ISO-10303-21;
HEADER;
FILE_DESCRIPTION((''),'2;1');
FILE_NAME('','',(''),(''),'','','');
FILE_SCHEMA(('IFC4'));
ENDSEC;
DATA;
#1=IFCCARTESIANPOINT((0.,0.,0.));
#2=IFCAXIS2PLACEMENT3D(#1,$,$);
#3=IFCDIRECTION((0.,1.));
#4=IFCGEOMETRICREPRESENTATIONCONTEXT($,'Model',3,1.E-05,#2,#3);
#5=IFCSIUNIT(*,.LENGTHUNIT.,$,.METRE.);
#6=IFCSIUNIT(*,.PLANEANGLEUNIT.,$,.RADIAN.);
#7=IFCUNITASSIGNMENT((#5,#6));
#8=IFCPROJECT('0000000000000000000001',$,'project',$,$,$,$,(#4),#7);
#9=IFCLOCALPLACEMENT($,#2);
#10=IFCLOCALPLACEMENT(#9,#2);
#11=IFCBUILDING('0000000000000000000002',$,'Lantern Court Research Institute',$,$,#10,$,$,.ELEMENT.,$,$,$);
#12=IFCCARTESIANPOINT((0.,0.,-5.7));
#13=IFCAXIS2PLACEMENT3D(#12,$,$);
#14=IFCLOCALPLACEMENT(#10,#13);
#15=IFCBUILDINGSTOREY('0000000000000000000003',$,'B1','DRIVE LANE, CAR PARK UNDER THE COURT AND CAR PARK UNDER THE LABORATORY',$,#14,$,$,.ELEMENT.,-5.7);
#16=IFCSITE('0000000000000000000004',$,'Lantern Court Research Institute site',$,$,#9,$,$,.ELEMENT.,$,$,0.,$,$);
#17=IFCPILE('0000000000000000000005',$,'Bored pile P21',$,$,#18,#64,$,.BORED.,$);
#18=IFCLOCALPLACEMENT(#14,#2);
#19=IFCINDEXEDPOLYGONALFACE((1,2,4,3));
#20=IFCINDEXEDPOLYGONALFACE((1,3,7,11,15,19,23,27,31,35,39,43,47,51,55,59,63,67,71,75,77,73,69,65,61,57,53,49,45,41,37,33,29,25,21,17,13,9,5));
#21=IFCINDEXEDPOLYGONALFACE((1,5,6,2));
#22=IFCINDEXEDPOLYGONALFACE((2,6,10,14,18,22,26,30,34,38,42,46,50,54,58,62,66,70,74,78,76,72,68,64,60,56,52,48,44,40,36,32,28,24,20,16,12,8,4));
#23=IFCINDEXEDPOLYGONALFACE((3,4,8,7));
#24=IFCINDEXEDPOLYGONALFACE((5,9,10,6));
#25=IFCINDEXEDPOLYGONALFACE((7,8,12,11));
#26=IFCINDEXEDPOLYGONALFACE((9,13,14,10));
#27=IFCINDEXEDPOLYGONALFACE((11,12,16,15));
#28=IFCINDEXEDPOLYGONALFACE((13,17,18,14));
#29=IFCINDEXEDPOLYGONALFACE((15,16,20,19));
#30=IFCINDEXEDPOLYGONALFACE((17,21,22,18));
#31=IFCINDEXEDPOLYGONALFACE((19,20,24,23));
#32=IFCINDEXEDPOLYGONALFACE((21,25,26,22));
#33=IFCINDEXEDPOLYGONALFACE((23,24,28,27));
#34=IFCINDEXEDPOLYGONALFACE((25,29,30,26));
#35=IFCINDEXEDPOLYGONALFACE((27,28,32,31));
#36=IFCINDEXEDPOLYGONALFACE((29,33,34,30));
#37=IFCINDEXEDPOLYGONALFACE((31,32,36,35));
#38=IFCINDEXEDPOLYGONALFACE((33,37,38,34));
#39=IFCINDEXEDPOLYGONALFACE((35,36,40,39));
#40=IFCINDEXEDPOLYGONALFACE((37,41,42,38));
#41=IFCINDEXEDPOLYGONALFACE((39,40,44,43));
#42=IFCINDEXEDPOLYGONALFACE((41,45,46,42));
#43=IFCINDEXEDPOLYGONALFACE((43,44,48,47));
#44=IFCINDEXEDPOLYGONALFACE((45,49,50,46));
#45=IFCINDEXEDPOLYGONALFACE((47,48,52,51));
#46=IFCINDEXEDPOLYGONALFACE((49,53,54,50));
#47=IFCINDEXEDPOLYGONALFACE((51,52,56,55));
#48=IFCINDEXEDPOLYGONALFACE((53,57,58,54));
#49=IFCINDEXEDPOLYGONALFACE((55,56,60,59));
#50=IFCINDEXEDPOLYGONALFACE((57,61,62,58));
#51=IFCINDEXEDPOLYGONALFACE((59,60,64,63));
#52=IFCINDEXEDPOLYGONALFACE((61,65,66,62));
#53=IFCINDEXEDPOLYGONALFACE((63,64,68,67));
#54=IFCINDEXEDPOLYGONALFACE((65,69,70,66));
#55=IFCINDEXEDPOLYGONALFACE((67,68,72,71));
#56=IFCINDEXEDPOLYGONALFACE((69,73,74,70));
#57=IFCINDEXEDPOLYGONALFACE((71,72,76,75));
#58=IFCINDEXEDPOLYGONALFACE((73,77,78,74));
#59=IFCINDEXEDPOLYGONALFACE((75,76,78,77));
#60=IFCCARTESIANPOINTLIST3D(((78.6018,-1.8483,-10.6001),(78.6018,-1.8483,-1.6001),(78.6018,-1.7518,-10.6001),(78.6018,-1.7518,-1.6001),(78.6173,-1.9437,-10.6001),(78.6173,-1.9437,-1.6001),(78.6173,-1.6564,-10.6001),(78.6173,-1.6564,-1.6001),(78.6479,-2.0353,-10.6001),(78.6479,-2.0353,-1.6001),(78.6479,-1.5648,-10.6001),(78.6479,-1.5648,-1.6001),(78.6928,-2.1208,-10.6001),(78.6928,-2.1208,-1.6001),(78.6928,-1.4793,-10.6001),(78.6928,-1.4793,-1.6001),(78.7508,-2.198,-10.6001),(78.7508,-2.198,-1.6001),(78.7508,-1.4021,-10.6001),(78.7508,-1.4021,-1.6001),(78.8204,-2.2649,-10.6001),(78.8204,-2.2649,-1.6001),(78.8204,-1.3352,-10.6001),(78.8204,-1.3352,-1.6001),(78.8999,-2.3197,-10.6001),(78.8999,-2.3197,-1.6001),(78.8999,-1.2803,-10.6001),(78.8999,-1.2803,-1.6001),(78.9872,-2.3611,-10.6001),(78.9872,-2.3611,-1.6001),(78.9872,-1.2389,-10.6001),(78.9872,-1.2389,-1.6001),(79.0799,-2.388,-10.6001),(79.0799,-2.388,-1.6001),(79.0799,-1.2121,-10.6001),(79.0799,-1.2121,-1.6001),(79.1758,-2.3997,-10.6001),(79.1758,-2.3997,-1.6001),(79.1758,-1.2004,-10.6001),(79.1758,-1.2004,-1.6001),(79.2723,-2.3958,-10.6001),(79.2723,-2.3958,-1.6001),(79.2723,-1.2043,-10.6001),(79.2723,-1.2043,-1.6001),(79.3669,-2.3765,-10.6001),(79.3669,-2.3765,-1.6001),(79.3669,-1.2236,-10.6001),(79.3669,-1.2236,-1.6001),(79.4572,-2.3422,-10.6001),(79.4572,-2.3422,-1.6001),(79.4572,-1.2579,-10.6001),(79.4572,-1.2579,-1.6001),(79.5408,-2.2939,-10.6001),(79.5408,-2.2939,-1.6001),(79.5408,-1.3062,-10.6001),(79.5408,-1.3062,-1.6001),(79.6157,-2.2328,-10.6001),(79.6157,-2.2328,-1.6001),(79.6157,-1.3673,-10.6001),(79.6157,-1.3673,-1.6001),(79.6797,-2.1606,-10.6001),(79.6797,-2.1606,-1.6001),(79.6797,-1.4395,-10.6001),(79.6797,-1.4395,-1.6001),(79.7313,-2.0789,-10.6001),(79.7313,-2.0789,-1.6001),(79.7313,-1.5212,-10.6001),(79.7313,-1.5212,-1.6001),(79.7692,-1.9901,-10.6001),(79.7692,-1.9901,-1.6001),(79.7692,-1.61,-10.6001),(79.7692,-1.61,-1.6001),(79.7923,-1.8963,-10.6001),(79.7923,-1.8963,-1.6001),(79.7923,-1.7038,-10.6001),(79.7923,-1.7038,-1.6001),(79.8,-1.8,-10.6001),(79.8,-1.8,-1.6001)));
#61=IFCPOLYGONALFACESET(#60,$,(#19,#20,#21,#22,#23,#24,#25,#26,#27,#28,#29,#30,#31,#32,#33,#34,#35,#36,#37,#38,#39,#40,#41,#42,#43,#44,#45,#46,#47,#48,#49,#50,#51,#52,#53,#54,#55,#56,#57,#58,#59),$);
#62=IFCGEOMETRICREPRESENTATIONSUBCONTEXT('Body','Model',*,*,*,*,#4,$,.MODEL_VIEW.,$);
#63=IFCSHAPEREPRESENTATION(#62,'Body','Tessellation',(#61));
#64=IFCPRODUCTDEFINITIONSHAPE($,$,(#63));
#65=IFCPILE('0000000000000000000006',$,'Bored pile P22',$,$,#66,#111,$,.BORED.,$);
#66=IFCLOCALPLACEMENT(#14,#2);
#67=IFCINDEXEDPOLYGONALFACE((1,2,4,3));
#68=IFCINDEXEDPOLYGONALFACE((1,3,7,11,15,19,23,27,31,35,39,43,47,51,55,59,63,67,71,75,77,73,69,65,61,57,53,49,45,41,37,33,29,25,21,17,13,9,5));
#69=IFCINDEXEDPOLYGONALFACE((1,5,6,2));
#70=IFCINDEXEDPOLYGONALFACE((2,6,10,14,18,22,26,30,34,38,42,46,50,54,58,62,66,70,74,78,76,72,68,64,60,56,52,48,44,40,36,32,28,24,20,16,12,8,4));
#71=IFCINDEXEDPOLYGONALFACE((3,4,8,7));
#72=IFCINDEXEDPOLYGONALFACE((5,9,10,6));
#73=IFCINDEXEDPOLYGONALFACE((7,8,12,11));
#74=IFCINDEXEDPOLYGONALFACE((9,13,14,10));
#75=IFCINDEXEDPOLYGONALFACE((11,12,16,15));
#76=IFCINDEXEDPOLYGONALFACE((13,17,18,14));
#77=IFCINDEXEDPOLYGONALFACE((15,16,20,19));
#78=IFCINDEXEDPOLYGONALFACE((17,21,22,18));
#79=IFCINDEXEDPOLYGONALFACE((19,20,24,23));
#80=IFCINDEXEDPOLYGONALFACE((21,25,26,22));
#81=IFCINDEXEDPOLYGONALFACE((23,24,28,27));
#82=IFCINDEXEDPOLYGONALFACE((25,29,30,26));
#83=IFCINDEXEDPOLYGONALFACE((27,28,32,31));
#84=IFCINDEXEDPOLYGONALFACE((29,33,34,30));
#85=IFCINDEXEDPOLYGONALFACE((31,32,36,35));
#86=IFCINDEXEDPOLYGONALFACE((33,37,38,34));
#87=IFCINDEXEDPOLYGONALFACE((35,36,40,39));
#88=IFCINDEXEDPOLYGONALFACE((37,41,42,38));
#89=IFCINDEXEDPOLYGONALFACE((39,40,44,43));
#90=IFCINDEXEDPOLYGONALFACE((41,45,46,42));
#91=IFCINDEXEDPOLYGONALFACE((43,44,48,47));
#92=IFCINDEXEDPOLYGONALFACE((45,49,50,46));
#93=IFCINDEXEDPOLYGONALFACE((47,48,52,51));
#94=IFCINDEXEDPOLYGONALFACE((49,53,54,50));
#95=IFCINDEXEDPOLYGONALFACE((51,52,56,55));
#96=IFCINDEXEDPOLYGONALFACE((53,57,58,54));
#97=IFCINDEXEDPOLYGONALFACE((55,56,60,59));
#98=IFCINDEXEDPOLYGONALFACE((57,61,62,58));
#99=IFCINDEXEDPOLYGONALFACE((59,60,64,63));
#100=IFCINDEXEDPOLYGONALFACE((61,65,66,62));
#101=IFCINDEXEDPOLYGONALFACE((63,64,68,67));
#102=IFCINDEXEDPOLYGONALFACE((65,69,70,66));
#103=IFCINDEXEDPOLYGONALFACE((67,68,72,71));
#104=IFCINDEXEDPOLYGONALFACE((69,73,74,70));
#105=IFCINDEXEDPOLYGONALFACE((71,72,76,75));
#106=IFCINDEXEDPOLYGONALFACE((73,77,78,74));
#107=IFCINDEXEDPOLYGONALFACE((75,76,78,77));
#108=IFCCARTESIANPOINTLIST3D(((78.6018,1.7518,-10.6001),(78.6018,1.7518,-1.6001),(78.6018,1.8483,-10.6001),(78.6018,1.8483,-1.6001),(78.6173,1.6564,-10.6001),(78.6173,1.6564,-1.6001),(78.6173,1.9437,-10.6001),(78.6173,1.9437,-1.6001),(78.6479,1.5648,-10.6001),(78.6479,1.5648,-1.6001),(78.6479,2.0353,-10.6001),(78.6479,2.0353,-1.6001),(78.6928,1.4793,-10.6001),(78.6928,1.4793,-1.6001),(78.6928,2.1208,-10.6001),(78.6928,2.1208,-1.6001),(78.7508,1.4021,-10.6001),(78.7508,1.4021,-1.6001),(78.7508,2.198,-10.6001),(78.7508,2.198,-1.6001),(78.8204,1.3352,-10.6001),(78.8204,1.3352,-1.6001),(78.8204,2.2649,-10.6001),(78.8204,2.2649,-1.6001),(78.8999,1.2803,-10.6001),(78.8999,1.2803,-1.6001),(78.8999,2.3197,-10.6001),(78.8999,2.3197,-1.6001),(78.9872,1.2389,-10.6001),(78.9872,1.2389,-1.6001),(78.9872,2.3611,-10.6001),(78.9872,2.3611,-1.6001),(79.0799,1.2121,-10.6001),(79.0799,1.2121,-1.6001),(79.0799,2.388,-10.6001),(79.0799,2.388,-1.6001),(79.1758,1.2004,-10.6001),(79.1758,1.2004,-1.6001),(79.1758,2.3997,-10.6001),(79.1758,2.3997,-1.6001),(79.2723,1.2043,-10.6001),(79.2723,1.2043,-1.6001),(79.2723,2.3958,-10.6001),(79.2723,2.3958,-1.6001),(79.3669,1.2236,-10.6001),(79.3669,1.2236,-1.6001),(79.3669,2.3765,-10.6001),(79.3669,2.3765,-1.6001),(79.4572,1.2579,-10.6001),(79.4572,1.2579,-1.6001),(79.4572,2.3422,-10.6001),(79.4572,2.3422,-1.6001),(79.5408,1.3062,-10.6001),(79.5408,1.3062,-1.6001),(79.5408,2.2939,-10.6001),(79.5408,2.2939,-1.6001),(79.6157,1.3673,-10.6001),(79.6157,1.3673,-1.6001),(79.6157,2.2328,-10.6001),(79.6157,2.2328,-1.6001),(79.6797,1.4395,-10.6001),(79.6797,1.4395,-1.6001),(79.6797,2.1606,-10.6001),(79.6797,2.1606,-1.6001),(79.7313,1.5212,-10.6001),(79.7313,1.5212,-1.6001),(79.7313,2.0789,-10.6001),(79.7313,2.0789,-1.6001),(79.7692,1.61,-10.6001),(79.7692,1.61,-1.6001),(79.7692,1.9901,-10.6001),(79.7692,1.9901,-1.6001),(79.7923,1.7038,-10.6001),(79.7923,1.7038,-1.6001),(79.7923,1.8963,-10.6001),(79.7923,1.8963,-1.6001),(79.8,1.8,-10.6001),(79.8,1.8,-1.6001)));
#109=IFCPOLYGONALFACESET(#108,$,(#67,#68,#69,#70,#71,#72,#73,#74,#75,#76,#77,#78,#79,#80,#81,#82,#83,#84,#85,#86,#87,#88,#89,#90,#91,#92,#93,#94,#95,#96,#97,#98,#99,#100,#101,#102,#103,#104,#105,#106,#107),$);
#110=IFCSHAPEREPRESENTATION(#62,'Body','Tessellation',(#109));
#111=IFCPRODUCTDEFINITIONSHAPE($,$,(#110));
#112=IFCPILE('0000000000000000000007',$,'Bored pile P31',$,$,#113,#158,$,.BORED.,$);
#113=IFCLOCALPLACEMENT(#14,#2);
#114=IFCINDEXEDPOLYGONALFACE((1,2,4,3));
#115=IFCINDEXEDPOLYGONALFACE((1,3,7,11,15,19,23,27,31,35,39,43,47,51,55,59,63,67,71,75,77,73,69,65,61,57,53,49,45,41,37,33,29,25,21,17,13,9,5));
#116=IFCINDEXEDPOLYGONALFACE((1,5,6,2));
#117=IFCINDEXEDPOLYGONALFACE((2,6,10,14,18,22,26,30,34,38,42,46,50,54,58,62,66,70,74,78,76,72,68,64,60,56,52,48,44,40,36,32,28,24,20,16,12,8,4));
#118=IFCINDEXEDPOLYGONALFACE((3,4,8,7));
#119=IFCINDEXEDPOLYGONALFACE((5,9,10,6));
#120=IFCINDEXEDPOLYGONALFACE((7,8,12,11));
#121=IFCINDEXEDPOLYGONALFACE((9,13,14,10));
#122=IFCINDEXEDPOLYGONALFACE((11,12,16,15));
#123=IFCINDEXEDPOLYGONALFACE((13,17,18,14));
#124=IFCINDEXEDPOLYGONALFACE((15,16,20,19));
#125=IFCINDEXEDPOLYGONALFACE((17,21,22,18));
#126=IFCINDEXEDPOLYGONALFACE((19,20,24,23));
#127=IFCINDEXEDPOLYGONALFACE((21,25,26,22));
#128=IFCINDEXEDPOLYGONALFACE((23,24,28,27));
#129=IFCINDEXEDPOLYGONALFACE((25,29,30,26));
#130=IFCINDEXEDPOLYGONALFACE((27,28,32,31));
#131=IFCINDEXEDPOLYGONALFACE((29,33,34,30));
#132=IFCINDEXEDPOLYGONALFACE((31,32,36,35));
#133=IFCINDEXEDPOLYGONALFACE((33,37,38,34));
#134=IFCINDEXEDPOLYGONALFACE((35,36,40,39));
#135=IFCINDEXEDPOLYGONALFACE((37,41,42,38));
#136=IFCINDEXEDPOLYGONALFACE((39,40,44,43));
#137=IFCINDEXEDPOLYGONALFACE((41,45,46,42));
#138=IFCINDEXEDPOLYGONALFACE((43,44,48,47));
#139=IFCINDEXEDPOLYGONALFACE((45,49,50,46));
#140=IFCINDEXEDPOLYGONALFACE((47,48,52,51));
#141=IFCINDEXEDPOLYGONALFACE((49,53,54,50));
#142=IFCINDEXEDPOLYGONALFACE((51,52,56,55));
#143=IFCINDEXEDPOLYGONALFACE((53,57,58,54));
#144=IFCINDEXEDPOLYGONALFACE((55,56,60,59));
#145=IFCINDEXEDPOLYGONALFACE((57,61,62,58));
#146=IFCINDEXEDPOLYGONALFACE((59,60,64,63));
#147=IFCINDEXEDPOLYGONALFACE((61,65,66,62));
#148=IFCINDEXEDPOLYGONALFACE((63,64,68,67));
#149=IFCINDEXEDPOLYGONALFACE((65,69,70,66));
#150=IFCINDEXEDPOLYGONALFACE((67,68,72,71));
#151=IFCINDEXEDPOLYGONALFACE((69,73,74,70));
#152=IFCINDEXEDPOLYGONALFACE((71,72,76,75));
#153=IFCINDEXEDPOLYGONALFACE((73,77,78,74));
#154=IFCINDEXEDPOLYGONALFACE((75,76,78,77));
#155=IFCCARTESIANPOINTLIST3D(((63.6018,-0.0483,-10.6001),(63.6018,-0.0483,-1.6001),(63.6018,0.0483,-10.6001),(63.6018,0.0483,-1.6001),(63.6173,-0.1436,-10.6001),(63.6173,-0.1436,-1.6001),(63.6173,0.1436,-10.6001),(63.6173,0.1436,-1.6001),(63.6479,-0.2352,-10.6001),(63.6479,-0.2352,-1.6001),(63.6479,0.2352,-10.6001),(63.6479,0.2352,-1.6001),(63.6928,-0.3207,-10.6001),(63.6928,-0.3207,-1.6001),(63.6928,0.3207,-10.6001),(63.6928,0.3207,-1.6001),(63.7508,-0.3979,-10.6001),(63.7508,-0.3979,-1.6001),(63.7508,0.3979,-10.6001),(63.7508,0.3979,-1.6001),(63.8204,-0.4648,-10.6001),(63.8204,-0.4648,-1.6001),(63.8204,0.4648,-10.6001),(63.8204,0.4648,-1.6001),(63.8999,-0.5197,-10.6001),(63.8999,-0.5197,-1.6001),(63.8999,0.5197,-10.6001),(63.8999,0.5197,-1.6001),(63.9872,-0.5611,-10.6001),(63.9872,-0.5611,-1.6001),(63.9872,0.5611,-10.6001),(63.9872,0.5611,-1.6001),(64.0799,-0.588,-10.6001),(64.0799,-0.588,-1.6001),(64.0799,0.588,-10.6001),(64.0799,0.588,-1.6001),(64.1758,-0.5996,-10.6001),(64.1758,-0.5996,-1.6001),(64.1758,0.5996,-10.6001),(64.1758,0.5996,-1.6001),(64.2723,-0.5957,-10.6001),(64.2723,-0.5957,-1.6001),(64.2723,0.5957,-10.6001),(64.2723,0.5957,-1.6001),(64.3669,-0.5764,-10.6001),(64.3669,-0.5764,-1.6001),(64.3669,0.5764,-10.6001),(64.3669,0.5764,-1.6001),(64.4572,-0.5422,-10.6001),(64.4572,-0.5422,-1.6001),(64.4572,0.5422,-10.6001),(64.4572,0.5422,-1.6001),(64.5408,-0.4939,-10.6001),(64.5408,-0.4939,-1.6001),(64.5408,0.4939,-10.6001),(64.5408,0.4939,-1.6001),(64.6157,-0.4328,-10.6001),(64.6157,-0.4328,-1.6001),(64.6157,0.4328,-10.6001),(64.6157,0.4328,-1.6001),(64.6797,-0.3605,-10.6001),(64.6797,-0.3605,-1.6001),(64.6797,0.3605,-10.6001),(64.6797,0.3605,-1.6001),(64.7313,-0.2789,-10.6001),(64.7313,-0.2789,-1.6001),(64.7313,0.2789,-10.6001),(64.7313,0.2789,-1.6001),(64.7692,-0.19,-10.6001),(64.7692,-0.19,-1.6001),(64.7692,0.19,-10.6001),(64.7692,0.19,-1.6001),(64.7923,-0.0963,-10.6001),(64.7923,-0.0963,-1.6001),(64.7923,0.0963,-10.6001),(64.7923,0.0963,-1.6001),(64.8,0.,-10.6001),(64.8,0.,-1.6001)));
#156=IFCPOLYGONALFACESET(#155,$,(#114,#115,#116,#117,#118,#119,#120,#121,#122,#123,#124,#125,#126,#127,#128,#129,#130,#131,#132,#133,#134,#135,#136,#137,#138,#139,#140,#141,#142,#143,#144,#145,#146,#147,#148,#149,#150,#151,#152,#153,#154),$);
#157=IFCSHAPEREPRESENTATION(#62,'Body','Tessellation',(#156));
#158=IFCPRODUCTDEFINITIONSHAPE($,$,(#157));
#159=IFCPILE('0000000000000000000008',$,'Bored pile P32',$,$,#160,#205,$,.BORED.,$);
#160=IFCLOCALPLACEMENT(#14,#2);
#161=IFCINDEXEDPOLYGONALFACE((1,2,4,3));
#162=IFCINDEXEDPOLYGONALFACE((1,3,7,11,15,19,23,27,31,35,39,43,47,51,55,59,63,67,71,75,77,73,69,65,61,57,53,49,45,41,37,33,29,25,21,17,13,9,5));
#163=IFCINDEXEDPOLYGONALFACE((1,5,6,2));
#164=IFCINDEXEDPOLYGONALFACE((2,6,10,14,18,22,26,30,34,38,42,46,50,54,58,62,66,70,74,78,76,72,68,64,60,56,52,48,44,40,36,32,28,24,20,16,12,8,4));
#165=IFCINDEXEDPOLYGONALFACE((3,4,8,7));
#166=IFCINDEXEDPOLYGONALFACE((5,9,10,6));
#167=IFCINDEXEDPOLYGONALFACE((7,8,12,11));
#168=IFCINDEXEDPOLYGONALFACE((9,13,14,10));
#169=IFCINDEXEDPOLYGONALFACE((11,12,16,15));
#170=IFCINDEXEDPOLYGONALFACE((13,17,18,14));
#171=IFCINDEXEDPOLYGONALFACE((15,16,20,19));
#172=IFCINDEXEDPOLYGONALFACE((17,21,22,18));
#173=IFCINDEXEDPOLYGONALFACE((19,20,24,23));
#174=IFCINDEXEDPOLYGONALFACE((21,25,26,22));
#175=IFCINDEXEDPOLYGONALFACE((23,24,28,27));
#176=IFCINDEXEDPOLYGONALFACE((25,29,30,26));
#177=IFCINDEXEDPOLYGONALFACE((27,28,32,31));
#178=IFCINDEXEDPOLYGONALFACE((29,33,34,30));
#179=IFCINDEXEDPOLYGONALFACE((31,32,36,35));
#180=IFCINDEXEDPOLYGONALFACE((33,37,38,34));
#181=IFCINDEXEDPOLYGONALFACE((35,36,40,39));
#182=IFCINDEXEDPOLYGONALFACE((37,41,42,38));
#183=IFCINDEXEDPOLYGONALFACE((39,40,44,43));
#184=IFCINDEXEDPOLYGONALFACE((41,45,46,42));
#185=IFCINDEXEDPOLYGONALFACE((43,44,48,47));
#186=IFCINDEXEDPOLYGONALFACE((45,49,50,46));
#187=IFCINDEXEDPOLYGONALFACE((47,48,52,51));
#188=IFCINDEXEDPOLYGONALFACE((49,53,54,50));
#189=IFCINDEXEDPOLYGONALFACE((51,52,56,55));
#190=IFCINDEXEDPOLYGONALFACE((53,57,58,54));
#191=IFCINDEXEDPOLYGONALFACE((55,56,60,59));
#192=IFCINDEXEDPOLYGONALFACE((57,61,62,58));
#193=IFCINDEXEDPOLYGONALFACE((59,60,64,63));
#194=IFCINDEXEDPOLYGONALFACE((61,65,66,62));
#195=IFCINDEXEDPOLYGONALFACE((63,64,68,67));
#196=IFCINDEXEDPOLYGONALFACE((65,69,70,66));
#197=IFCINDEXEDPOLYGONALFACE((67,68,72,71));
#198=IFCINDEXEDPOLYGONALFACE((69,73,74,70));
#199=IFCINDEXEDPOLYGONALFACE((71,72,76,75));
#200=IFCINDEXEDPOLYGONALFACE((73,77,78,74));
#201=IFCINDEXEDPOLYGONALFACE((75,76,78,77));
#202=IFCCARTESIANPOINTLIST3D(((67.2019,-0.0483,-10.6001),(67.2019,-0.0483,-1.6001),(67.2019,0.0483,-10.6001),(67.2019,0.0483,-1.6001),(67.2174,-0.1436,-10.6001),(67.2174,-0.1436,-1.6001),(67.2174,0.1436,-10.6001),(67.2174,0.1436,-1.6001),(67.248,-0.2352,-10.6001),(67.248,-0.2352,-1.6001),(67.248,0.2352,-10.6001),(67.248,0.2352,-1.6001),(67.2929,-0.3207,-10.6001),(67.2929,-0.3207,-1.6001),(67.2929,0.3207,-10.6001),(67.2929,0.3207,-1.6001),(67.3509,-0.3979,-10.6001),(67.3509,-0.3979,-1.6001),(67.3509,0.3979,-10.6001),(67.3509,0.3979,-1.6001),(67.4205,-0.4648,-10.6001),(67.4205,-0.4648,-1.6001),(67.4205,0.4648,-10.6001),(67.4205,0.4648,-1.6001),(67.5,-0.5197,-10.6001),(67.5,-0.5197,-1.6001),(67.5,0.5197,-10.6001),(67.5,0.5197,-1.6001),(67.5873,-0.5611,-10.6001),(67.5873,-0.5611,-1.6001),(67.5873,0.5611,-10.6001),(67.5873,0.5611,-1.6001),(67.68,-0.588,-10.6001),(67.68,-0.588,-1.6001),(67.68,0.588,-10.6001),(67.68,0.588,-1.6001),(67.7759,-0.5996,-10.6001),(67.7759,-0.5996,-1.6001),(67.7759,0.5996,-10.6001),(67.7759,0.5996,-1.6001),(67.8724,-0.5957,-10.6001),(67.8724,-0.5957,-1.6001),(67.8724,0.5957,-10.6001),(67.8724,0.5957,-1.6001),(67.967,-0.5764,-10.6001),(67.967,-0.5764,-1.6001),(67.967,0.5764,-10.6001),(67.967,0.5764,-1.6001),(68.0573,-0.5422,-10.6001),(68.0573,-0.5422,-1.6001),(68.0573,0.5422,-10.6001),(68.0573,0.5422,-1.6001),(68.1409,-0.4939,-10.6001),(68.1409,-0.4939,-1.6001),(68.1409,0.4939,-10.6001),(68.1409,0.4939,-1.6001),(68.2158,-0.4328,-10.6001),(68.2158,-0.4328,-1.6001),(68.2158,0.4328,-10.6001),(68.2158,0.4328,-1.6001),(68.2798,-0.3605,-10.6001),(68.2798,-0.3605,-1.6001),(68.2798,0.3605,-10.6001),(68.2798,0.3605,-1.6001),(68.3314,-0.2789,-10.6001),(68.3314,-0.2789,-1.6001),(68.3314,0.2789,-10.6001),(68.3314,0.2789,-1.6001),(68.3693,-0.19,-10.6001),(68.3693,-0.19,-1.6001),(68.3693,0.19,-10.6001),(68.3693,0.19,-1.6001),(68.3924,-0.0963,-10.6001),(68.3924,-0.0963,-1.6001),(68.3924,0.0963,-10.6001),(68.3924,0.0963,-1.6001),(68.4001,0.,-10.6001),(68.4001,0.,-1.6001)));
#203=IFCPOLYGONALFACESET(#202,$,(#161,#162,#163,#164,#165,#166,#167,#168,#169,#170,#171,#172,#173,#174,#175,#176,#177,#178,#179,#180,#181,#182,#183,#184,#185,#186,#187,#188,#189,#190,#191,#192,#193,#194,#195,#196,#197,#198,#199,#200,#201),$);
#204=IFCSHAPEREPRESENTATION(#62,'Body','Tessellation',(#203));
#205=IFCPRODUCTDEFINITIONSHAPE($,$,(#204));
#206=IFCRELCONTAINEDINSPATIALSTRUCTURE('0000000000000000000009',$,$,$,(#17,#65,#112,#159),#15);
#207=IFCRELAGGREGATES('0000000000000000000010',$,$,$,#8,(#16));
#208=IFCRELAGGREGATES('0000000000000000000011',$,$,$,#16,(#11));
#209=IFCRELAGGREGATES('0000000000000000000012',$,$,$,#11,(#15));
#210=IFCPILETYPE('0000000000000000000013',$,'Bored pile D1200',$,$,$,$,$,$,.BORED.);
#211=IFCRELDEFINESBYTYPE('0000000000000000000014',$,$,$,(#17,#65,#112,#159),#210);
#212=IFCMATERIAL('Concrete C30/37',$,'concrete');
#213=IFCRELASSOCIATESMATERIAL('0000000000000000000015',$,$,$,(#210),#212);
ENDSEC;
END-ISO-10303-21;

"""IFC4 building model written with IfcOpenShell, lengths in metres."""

from ifc_helpers import new_model, si_unit, direction, frame, origin, origin_2d, place, context, subcontext, project, spatial, circle, extrude, material, material_profile, profile_set, type_object, element, save


model = new_model("IFC4")

# Units and contexts
model_context = context("Model", 3, precision=1e-05, world=origin(), true_north=direction((0.0, 1.0)))
body_context = subcontext(model_context, "Body", "Model", "MODEL_VIEW")
ifc_project = project(units=[si_unit("LENGTHUNIT", "METRE"), si_unit("PLANEANGLEUNIT", "RADIAN")], contexts=[model_context])

# Site, building, storey
site_placement = place(None, origin())
site = spatial("IfcSite", under=ifc_project, at=site_placement, Name="Lantern Court Research Institute site", CompositionType="ELEMENT", RefElevation=0.0)
building_placement = place(site_placement, origin())
building = spatial("IfcBuilding", under=site, at=building_placement, Name="Lantern Court Research Institute", CompositionType="ELEMENT")
storey_placement = place(building_placement, frame((0.0, 0.0, -5.7)))
storey = spatial("IfcBuildingStorey", under=building, at=storey_placement, Name="B1", Description="DRIVE LANE, CAR PARK UNDER THE COURT AND CAR PARK UNDER THE LABORATORY", CompositionType="ELEMENT", Elevation=-5.7)

# Piles
ifc_material_1 = material(Name="Concrete C30/37", Category="concrete")
ifc_material_profile_1 = material_profile(ifc_material_1, circle(Radius=0.6001, at=origin_2d()), Name="Bored pile D1200")
ifc_profile_set_1 = profile_set([ifc_material_profile_1], Name="Concrete C30/37")
pile_type_1 = type_object("IfcPileType", Name="Bored pile D1200", PredefinedType="BORED", material=ifc_profile_set_1)
for number, where, z_axis, x_axis, name in (
    (1, (79.2, -1.8, -1.6001), (0.0, 0.0, -1.0), (1.0, 0.0, 0.0), "Bored pile P21"),
    (2, (79.2, 1.8, -1.6001), (0.0, 0.0, -1.0), (1.0, 0.0, 0.0), "Bored pile P22"),
    (3, (64.2, 0.0, -1.6001), (0.0, 0.0, -1.0), (1.0, 0.0, 0.0), "Bored pile P31"),
    (4, (67.8, 0.0, -1.6001), (0.0, 0.0, -1.0), (1.0, 0.0, 0.0), "Bored pile P32"),
):
    element("IfcPile", number, at=place(storey_placement, frame(where, z_axis=z_axis, x_axis=x_axis)), inside=storey, type_object=pile_type_1, Name=name, PredefinedType="BORED", context=body_context, shape_type="SweptSolid", body=[
        extrude(circle(Radius=0.6001, at=origin_2d()), origin(), (0.0, 0.0, 1.0), 9.0),
    ])

save(model, "model.ifc")
